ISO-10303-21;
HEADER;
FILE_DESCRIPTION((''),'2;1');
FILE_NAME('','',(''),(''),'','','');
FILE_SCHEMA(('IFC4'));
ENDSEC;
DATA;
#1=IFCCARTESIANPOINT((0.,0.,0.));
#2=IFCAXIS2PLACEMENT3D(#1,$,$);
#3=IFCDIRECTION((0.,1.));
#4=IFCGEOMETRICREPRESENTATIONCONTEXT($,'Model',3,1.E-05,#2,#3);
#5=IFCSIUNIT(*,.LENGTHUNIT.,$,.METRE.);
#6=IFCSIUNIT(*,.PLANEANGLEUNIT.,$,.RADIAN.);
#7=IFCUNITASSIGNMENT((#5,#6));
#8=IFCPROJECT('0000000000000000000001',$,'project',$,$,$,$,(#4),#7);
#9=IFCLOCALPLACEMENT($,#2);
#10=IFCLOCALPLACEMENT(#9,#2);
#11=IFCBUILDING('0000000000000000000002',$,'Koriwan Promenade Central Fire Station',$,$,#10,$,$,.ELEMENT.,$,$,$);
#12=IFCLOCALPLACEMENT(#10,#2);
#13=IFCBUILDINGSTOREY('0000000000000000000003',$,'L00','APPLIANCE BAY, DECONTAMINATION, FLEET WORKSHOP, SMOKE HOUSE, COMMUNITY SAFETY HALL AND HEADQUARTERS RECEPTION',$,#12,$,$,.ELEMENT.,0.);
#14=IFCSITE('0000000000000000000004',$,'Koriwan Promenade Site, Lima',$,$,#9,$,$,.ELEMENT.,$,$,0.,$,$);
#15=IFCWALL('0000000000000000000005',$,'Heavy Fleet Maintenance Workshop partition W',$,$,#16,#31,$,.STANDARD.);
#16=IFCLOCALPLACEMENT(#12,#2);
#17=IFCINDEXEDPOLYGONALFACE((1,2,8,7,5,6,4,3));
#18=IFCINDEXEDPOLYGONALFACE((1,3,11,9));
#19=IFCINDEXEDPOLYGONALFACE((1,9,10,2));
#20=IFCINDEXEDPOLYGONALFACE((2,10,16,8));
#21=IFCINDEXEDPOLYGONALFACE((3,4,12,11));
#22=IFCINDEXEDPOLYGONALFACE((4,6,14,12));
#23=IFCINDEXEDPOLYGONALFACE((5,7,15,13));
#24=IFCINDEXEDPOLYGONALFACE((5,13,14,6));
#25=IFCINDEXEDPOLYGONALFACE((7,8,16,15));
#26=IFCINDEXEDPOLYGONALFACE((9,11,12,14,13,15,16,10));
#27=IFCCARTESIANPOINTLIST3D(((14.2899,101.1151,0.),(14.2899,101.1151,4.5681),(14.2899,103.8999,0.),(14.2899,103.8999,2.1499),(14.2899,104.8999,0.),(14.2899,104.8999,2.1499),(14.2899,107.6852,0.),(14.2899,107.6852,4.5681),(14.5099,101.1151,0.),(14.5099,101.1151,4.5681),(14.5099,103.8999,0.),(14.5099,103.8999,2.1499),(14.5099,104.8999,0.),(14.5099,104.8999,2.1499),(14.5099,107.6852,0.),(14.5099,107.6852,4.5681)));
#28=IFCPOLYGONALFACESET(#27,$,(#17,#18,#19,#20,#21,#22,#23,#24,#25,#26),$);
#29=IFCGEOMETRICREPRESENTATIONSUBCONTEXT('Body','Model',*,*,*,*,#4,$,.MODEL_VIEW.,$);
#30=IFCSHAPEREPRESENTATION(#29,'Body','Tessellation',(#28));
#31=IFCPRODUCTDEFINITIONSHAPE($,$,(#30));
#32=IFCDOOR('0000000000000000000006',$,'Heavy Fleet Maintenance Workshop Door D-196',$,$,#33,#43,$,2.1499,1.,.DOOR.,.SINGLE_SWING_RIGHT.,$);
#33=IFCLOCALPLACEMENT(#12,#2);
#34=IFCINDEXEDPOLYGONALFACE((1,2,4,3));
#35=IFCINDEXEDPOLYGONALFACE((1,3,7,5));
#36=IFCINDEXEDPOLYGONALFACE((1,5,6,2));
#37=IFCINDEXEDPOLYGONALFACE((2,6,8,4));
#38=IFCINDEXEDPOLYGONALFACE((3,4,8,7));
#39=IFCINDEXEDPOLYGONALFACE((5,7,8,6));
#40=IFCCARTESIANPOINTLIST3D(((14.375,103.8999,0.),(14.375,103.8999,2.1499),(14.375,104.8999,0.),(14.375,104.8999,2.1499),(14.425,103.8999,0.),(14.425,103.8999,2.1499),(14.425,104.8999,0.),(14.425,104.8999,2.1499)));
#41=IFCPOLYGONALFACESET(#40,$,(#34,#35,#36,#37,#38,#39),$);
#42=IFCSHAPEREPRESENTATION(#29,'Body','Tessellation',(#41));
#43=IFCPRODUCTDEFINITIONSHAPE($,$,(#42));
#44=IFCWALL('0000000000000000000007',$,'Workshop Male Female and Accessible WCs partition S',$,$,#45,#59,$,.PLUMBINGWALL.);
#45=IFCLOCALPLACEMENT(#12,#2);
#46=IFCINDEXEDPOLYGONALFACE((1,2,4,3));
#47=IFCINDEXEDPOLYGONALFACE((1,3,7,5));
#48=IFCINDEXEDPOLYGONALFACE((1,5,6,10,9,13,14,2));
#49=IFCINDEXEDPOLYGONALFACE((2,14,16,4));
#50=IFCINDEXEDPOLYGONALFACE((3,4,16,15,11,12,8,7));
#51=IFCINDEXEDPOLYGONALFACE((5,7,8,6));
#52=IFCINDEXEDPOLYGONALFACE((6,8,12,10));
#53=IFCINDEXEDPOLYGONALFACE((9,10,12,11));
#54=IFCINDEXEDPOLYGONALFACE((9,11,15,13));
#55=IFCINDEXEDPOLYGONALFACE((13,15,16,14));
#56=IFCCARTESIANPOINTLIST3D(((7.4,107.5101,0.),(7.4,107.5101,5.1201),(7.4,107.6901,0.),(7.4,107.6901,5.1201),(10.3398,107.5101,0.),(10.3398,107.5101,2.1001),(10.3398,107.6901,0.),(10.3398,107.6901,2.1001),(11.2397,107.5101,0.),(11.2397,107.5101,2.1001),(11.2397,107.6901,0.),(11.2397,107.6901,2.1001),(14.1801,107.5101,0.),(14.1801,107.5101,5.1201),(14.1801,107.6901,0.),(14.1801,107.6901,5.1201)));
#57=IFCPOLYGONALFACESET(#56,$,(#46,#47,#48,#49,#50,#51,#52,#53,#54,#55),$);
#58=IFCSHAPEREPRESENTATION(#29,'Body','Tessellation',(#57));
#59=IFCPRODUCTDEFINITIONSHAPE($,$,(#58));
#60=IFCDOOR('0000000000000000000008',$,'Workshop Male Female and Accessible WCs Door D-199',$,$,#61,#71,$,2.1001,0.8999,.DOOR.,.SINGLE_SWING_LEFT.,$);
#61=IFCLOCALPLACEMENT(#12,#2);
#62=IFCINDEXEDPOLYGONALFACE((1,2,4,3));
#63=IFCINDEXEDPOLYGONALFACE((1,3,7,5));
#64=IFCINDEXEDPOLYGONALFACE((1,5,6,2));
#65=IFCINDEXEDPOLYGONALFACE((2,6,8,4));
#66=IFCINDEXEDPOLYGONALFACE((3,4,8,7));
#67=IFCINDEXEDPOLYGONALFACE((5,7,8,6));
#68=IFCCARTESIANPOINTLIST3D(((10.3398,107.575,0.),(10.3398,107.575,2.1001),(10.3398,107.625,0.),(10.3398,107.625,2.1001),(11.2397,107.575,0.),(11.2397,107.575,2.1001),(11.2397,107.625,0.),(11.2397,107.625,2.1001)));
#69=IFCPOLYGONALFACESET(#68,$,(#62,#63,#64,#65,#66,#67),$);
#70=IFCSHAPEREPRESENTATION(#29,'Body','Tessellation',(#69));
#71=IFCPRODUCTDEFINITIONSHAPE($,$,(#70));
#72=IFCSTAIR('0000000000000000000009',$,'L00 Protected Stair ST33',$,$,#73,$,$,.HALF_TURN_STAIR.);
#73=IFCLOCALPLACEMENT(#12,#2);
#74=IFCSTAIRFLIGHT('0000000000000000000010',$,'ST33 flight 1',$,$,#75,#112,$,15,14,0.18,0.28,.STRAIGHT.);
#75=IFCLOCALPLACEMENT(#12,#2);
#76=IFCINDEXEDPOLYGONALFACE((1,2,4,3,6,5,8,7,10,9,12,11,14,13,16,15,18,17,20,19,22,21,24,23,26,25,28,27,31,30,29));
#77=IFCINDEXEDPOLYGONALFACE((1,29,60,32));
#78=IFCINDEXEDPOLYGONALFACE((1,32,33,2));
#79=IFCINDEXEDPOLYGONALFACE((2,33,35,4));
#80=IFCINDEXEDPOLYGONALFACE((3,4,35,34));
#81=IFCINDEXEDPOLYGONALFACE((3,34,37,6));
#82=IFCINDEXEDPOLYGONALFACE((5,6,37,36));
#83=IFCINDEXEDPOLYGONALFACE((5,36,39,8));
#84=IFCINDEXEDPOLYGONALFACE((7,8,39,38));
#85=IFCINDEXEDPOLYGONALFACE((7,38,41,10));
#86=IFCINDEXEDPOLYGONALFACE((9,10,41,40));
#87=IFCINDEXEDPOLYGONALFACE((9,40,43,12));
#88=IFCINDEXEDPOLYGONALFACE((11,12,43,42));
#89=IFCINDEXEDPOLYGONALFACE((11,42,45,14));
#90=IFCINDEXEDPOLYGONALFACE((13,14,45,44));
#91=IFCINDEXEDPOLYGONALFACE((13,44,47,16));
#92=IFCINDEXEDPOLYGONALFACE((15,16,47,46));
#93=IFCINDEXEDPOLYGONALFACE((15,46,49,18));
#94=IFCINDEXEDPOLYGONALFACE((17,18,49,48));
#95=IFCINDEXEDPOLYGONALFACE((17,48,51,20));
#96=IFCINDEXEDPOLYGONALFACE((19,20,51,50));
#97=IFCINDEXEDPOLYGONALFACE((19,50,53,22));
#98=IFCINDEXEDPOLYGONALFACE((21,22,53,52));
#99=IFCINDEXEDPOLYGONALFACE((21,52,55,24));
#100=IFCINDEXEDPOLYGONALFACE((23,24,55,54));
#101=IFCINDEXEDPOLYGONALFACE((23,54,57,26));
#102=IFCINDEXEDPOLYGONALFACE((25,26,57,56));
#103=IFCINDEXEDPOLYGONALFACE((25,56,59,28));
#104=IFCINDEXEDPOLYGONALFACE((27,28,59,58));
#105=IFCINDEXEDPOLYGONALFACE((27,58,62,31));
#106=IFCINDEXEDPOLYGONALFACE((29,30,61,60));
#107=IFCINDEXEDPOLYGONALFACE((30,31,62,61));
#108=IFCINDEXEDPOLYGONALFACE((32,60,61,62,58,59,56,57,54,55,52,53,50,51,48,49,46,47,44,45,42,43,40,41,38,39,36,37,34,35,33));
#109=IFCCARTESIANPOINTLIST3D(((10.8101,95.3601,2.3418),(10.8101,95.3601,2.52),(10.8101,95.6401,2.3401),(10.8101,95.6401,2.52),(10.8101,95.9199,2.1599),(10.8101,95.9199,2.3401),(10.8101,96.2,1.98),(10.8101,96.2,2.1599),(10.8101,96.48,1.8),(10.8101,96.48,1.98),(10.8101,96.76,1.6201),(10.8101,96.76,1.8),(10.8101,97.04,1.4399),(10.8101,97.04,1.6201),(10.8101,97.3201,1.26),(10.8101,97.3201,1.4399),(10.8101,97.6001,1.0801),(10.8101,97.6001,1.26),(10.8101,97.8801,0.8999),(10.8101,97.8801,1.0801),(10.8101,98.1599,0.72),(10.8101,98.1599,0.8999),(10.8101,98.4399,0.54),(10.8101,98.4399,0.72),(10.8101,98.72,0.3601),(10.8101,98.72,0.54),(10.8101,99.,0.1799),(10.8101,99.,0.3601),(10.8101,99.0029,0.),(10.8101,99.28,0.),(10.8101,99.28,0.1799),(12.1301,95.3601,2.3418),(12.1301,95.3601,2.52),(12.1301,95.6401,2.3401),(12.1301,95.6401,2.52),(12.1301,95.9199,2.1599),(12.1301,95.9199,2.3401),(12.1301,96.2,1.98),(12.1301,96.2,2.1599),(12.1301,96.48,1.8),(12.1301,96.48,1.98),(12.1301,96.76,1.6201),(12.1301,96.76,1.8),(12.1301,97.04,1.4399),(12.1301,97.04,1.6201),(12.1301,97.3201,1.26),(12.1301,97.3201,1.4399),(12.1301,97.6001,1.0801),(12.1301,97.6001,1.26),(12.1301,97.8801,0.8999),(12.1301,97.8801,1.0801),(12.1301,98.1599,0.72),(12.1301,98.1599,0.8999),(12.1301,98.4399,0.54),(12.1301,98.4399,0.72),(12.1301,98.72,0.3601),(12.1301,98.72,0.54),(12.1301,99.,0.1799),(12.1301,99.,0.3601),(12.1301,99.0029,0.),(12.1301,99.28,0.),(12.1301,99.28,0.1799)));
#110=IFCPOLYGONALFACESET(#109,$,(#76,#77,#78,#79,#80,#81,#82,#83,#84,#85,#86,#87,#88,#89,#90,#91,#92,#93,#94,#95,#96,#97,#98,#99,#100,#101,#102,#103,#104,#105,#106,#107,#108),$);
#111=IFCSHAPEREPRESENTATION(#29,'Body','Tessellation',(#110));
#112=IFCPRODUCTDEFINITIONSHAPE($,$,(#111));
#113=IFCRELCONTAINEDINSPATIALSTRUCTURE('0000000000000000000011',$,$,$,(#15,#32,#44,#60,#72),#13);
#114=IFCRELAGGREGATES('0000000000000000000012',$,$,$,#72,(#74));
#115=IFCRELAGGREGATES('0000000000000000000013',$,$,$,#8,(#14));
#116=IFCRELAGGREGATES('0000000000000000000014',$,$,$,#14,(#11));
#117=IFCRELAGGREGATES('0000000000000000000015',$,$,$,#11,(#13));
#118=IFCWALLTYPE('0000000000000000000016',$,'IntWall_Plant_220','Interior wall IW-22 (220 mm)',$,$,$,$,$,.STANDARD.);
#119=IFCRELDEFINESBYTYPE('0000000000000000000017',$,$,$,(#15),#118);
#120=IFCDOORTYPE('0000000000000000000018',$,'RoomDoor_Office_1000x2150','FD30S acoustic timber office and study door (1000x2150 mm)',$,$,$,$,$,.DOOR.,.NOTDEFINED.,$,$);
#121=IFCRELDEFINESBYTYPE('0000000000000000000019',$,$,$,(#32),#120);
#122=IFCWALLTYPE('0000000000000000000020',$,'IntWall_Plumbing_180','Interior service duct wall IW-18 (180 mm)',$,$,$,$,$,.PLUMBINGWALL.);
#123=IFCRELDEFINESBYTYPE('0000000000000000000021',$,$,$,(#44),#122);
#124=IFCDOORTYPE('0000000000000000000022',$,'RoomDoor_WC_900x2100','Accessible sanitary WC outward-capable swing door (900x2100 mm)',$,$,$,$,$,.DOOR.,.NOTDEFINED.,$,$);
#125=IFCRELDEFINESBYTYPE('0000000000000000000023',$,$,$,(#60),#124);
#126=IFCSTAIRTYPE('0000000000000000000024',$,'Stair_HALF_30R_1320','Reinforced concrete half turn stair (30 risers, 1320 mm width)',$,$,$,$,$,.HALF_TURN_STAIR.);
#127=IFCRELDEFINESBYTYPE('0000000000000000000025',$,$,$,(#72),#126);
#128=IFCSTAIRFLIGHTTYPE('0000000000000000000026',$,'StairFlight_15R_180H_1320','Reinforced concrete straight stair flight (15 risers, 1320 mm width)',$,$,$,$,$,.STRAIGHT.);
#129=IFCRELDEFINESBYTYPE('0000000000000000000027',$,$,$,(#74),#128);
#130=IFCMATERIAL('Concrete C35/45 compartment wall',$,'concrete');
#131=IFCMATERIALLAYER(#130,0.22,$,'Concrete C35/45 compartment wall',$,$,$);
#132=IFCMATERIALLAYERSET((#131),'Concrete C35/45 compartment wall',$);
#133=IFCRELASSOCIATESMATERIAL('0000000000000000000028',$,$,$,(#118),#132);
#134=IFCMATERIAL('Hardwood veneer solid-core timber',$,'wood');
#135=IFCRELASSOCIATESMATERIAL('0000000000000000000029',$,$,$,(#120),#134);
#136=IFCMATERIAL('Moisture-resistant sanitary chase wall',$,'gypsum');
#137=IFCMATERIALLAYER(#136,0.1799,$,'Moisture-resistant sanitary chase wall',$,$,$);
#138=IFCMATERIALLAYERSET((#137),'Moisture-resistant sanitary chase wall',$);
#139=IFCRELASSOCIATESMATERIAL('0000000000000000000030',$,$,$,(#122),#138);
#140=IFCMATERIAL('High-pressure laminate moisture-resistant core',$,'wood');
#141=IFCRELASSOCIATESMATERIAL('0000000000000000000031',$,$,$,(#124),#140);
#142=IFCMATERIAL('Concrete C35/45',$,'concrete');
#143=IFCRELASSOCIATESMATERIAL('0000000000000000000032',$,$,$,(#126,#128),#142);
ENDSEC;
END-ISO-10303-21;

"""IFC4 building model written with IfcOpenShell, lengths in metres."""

from ifc_helpers import new_model, si_unit, direction, frame, frame_2d, origin, place, context, subcontext, project, spatial, polyline, rectangle, outline, extrude, material, layer, layer_set, type_object, element, fill, aggregate, save


model = new_model("IFC4")

# Units and contexts
model_context = context("Model", 3, precision=1e-05, world=origin(), true_north=direction((0.0, 1.0)))
body_context = subcontext(model_context, "Body", "Model", "MODEL_VIEW")
ifc_project = project(units=[si_unit("LENGTHUNIT", "METRE"), si_unit("PLANEANGLEUNIT", "RADIAN")], contexts=[model_context])

# Site, building, storey
site_placement = place(None, origin())
site = spatial("IfcSite", under=ifc_project, at=site_placement, Name="Koriwan Promenade Site, Lima", CompositionType="ELEMENT", RefElevation=0.0)
building_placement = place(site_placement, origin())
building = spatial("IfcBuilding", under=site, at=building_placement, Name="Koriwan Promenade Central Fire Station", CompositionType="ELEMENT")
storey_placement = place(building_placement, origin())
storey = spatial("IfcBuildingStorey", under=building, at=storey_placement, Name="L00", Description="APPLIANCE BAY, DECONTAMINATION, FLEET WORKSHOP, SMOKE HOUSE, COMMUNITY SAFETY HALL AND HEADQUARTERS RECEPTION", CompositionType="ELEMENT", Elevation=0.0)

# Shared definitions
ifc_material_1 = material(Name="Concrete C35/45", Category="concrete")

# Walls, openings, doors
ifc_material_2 = material(Name="Concrete C35/45 compartment wall", Category="concrete")
ifc_layer_1 = layer(ifc_material_2, 0.22, Name="Concrete C35/45 compartment wall")
ifc_layer_set_1 = layer_set([ifc_layer_1], Name="Concrete C35/45 compartment wall")
wall_type_1 = type_object("IfcWallType", Name="IntWall_Plant_220", Description="Interior wall IW-22 (220 mm)", PredefinedType="STANDARD", material=ifc_layer_set_1)
wall_1_placement = place(storey_placement, frame((14.3999, 101.115, 0.0), z_axis=(0.0, 0.0, 1.0), x_axis=(0.0, 1.0, 0.0)))
wall_1 = element("IfcWall", 1, at=wall_1_placement, inside=storey, type_object=wall_type_1, Name="Heavy Fleet Maintenance Workshop partition W", PredefinedType="STANDARD", context=body_context, shape_type="SweptSolid", body=[
    extrude(rectangle(XDim=6.5701, YDim=0.22, at=frame_2d((3.2852, 0.0))), origin(), (0.0, 0.0, 1.0), 4.5681),
])
opening_1_placement = place(wall_1_placement, frame((2.7849, 0.0, 0.0)))
opening_1 = element("IfcOpeningElement", 2, at=opening_1_placement, cuts=wall_1, PredefinedType="OPENING", context=body_context, shape_type="SweptSolid", body=[
    extrude(rectangle(XDim=1.0, YDim=2.1499, at=frame_2d((0.5, 1.075))), frame((0.0, 0.1221, 0.0), z_axis=(0.0, -1.0, 0.0), x_axis=(1.0, 0.0, 0.0)), (0.0, 0.0, 1.0), 0.2439),
])
ifc_material_3 = material(Name="Hardwood veneer solid-core timber", Category="wood")
door_type_1 = type_object("IfcDoorType", Name="RoomDoor_Office_1000x2150", Description="FD30S acoustic timber office and study door (1000x2150 mm)", OperationType="NOTDEFINED", PredefinedType="DOOR", material=ifc_material_3)
door_1_placement = place(opening_1_placement, origin())
door_1 = element("IfcDoor", 3, at=door_1_placement, inside=storey, type_object=door_type_1, Name="Heavy Fleet Maintenance Workshop Door D-196", OperationType="SINGLE_SWING_RIGHT", OverallHeight=2.1499, OverallWidth=1.0, PredefinedType="DOOR", context=body_context, shape_type="SweptSolid", body=[
    extrude(rectangle(XDim=1.0, YDim=2.1499, at=frame_2d((0.5, 1.075))), frame((0.0, 0.0249, 0.0), z_axis=(0.0, -1.0, 0.0), x_axis=(1.0, 0.0, 0.0)), (0.0, 0.0, 1.0), 0.05),
])
fill(opening_1, door_1)
ifc_material_4 = material(Name="Moisture-resistant sanitary chase wall", Category="gypsum")
ifc_layer_2 = layer(ifc_material_4, 0.1799, Name="Moisture-resistant sanitary chase wall")
ifc_layer_set_2 = layer_set([ifc_layer_2], Name="Moisture-resistant sanitary chase wall")
wall_type_2 = type_object("IfcWallType", Name="IntWall_Plumbing_180", Description="Interior service duct wall IW-18 (180 mm)", PredefinedType="PLUMBINGWALL", material=ifc_layer_set_2)
wall_2_placement = place(storey_placement, frame((7.3999, 107.6001, 0.0), z_axis=(0.0, 0.0, 1.0), x_axis=(1.0, 0.0, 0.0)))
wall_2 = element("IfcWall", 4, at=wall_2_placement, inside=storey, type_object=wall_type_2, Name="Workshop Male Female and Accessible WCs partition S", PredefinedType="PLUMBINGWALL", context=body_context, shape_type="SweptSolid", body=[
    extrude(rectangle(XDim=6.78, YDim=0.1799, at=frame_2d((3.3901, 0.0))), origin(), (0.0, 0.0, 1.0), 5.1201),
])
opening_2_placement = place(wall_2_placement, frame((2.9399, 0.0, 0.0)))
opening_2 = element("IfcOpeningElement", 5, at=opening_2_placement, cuts=wall_2, PredefinedType="OPENING", context=body_context, shape_type="SweptSolid", body=[
    extrude(rectangle(XDim=0.8999, YDim=2.1001, at=frame_2d((0.45, 1.05))), frame((0.0, 0.1021, 0.0), z_axis=(0.0, -1.0, 0.0), x_axis=(1.0, 0.0, 0.0)), (0.0, 0.0, 1.0), 0.2039),
])
ifc_material_5 = material(Name="High-pressure laminate moisture-resistant core", Category="wood")
door_type_2 = type_object("IfcDoorType", Name="RoomDoor_WC_900x2100", Description="Accessible sanitary WC outward-capable swing door (900x2100 mm)", OperationType="NOTDEFINED", PredefinedType="DOOR", material=ifc_material_5)
door_2_placement = place(opening_2_placement, origin())
door_2 = element("IfcDoor", 6, at=door_2_placement, inside=storey, type_object=door_type_2, Name="Workshop Male Female and Accessible WCs Door D-199", OperationType="SINGLE_SWING_LEFT", OverallHeight=2.1001, OverallWidth=0.8999, PredefinedType="DOOR", context=body_context, shape_type="SweptSolid", body=[
    extrude(rectangle(XDim=0.8999, YDim=2.1001, at=frame_2d((0.45, 1.05))), frame((0.0, 0.0249, 0.0), z_axis=(0.0, -1.0, 0.0), x_axis=(1.0, 0.0, 0.0)), (0.0, 0.0, 1.0), 0.05),
])
fill(opening_2, door_2)

# Stair, stair flight
stair_type = type_object("IfcStairType", Name="Stair_HALF_30R_1320", Description="Reinforced concrete half turn stair (30 risers, 1320 mm width)", PredefinedType="HALF_TURN_STAIR", material=ifc_material_1)
stair_placement = place(storey_placement, origin())
stair = element("IfcStair", 7, at=stair_placement, inside=storey, type_object=stair_type, Name="L00 Protected Stair ST33", PredefinedType="HALF_TURN_STAIR")
stair_flight_type = type_object("IfcStairFlightType", Name="StairFlight_15R_180H_1320", Description="Reinforced concrete straight stair flight (15 risers, 1320 mm width)", PredefinedType="STRAIGHT", material=ifc_material_1)
stair_flight_placement = place(storey_placement, frame((11.47, 99.28, 0.0), z_axis=(0.0, 0.0, 1.0), x_axis=(0.0, -1.0, 0.0)))
stair_flight = element("IfcStairFlight", 8, at=stair_flight_placement, type_object=stair_flight_type, Name="ST33 flight 1", NumberOfRisers=15, NumberOfTreads=14, PredefinedType="STRAIGHT", RiserHeight=0.18, TreadLength=0.28, context=body_context, shape_type="SweptSolid", body=[
    extrude(outline(polyline([(0.0, 0.0), (0.0, 0.1799), (0.28, 0.1799), (0.28, 0.3601), (0.5601, 0.3601), (0.5601, 0.54), (0.8401, 0.54), (0.8401, 0.72), (1.1201, 0.72), (1.1201, 0.8999), (1.3999, 0.8999), (1.3999, 1.0801), (1.6799, 1.0801), (1.6799, 1.26), (1.96, 1.26), (1.96, 1.4399), (2.24, 1.4399), (2.24, 1.6201), (2.52, 1.6201), (2.52, 1.8), (2.8, 1.8), (2.8, 1.98), (3.0801, 1.98), (3.0801, 2.1599), (3.3601, 2.1599), (3.3601, 2.3401), (3.6399, 2.3401), (3.6399, 2.52), (3.9199, 2.52), (3.9199, 2.7), (3.9199, 2.3418), (0.2771, 0.0), (0.0, 0.0)])), frame((0.0, 0.6602, 0.0), z_axis=(0.0, -1.0, 0.0), x_axis=(1.0, 0.0, 0.0)), (0.0, 0.0, 1.0), 1.3201),
])
aggregate(stair, [stair_flight])

save(model, "model.ifc")
